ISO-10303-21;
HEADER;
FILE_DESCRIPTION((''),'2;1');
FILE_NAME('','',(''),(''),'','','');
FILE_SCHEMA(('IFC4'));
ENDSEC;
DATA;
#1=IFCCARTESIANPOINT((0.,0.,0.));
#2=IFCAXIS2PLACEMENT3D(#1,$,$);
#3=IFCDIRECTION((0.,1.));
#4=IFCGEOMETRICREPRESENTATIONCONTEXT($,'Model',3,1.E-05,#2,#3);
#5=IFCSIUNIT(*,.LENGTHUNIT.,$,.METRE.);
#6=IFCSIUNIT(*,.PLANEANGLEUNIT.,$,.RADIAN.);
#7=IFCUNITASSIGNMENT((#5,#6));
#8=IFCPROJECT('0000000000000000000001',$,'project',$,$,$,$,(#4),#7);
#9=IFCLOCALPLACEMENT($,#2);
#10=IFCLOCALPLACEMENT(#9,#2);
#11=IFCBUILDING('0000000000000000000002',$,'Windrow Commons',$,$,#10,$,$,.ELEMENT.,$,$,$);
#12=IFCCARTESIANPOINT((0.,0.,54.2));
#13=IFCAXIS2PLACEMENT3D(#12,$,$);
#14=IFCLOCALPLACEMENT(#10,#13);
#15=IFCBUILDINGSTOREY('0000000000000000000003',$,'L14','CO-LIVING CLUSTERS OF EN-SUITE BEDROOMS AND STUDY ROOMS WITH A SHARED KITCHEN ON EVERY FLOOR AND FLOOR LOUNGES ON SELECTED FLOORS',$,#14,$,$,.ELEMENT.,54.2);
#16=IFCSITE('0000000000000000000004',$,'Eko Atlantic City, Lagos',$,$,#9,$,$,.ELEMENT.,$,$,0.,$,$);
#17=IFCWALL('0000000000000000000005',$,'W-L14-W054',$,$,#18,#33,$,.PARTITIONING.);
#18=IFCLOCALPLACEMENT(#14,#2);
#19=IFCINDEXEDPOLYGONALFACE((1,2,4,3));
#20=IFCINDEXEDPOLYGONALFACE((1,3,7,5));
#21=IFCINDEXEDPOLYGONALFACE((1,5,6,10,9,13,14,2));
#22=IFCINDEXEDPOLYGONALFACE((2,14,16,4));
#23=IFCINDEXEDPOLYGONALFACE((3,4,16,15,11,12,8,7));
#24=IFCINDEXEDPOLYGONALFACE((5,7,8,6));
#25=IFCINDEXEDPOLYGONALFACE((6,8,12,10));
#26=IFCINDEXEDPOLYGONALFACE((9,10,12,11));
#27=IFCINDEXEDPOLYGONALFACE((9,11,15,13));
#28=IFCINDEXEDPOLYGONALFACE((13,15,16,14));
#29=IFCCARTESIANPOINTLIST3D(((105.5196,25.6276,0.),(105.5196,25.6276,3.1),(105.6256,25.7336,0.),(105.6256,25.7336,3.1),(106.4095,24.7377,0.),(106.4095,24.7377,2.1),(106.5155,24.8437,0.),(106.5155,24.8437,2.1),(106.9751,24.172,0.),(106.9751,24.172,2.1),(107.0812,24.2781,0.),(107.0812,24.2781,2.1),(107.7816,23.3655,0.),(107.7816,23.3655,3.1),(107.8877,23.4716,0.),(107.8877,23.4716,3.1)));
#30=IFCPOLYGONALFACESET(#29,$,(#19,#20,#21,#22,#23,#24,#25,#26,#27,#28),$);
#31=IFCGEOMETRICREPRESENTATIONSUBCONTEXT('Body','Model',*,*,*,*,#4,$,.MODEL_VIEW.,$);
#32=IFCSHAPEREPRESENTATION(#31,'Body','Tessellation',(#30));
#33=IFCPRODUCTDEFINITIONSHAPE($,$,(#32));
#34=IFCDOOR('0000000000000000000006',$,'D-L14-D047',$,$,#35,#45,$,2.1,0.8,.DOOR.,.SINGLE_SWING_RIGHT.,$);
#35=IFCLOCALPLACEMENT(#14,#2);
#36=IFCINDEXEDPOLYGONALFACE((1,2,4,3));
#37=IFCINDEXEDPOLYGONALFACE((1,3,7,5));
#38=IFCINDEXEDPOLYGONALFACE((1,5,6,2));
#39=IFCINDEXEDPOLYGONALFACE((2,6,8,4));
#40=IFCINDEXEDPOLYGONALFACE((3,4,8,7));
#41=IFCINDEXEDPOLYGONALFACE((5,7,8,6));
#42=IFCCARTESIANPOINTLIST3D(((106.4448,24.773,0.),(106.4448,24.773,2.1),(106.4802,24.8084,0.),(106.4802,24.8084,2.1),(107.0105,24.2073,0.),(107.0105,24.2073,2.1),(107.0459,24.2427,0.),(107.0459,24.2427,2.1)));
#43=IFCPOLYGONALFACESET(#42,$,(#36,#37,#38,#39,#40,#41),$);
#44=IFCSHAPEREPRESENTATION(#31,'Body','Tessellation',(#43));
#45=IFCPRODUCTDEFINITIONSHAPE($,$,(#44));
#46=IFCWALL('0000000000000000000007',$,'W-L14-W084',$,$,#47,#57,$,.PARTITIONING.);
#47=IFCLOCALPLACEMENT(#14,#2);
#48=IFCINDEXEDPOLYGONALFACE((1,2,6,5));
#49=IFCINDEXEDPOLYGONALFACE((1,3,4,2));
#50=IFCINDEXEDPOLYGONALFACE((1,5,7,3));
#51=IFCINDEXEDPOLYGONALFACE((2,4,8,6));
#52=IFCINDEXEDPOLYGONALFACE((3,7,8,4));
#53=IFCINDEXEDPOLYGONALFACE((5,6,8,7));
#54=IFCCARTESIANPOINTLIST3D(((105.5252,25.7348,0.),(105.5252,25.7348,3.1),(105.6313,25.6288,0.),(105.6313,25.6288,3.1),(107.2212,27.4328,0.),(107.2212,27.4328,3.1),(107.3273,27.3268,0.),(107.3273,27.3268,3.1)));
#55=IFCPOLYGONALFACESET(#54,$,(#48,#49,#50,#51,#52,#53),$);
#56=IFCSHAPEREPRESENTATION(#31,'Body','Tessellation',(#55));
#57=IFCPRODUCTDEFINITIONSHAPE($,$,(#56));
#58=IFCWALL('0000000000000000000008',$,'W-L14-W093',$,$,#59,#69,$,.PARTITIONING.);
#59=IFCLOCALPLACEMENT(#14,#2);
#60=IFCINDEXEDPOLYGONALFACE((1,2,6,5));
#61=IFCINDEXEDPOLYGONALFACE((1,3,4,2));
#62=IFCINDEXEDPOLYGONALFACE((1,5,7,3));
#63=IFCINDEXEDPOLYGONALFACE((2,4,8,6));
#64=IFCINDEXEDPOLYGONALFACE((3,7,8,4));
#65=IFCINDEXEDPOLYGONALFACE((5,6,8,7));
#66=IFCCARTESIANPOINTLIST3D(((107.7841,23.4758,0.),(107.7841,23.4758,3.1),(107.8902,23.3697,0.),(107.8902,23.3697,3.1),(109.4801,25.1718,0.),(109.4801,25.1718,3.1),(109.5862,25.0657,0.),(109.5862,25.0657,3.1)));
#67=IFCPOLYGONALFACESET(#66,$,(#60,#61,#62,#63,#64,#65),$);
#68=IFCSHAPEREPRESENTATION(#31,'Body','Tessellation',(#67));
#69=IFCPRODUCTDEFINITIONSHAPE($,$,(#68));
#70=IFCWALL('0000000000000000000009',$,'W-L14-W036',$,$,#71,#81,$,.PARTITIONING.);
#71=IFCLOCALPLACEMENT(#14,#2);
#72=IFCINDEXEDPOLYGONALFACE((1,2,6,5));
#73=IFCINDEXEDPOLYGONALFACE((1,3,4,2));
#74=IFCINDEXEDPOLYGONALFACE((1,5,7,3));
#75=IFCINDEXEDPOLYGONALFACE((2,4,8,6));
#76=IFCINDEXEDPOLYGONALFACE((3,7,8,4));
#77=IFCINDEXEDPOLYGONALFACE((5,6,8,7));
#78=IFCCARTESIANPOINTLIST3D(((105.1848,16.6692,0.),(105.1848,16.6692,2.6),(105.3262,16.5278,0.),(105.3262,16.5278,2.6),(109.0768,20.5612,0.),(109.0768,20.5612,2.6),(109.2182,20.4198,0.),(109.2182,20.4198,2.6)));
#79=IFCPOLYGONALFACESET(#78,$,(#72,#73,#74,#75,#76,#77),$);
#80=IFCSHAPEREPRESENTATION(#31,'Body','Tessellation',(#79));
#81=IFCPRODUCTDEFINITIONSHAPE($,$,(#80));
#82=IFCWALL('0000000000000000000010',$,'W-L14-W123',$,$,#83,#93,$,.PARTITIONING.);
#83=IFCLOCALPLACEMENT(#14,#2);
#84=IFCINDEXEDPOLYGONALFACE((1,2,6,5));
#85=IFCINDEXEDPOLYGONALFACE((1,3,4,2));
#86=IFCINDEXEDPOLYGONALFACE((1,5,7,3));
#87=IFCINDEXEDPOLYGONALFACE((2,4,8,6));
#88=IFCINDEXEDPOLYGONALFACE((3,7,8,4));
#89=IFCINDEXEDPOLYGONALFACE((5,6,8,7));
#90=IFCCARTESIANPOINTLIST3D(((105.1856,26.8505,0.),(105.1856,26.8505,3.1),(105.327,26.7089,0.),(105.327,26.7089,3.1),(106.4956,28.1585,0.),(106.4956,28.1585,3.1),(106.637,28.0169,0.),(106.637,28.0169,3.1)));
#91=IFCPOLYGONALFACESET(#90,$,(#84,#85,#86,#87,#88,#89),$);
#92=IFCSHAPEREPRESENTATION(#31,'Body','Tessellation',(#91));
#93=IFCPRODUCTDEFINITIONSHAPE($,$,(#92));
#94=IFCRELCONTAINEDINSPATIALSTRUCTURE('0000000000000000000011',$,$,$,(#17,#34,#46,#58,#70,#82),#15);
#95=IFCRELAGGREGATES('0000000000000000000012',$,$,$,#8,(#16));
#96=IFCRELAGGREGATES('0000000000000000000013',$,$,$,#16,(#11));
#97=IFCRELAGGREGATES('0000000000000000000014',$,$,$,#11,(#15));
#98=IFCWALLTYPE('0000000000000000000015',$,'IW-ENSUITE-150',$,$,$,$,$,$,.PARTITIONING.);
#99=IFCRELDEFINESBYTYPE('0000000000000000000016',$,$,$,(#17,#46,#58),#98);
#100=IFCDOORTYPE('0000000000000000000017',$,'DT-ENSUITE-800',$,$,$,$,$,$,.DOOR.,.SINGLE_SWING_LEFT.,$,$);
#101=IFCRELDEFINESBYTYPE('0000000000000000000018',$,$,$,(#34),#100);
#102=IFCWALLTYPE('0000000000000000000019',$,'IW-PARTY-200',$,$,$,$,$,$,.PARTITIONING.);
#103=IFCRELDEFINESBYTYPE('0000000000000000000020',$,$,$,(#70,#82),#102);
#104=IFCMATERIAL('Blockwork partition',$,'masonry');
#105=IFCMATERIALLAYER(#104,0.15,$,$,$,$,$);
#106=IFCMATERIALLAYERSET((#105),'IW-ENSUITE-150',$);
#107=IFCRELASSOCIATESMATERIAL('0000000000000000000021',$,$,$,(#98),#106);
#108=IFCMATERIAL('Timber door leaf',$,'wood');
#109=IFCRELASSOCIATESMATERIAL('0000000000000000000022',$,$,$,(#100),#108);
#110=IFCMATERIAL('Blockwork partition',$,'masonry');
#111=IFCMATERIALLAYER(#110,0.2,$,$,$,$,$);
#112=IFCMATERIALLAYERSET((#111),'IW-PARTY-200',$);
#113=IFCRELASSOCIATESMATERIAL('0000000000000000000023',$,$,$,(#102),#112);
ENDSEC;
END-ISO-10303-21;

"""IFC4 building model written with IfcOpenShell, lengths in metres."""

from ifc_helpers import new_model, si_unit, direction, frame, frame_2d, origin, place, context, subcontext, project, spatial, rectangle, extrude, material, layer, layer_set, type_object, element, fill, save


model = new_model("IFC4")

# Units and contexts
model_context = context("Model", 3, precision=1e-05, world=origin(), true_north=direction((0.0, 1.0)))
body_context = subcontext(model_context, "Body", "Model", "MODEL_VIEW")
ifc_project = project(units=[si_unit("LENGTHUNIT", "METRE"), si_unit("PLANEANGLEUNIT", "RADIAN")], contexts=[model_context])

# Site, building, storey
site_placement = place(None, origin())
site = spatial("IfcSite", under=ifc_project, at=site_placement, Name="Eko Atlantic City, Lagos", CompositionType="ELEMENT", RefElevation=0.0)
building_placement = place(site_placement, origin())
building = spatial("IfcBuilding", under=site, at=building_placement, Name="Windrow Commons", CompositionType="ELEMENT")
storey_placement = place(building_placement, frame((0.0, 0.0, 54.2)))
storey = spatial("IfcBuildingStorey", under=building, at=storey_placement, Name="L14", Description="CO-LIVING CLUSTERS OF EN-SUITE BEDROOMS AND STUDY ROOMS WITH A SHARED KITCHEN ON EVERY FLOOR AND FLOOR LOUNGES ON SELECTED FLOORS", CompositionType="ELEMENT", Elevation=54.2)

# Wall, opening, door
ifc_material_1 = material(Name="Blockwork partition", Category="masonry")
ifc_layer_1 = layer(ifc_material_1, 0.15)
ifc_layer_set_1 = layer_set([ifc_layer_1], Name="IW-ENSUITE-150")
wall_type_1 = type_object("IfcWallType", Name="IW-ENSUITE-150", PredefinedType="PARTITIONING", material=ifc_layer_set_1)
wall_1_placement = place(storey_placement, frame((105.5726, 25.6806, 0.0), z_axis=(0.0, 0.0, 1.0), x_axis=(0.707107, -0.707107, 0.0)))
wall_1 = element("IfcWall", 1, at=wall_1_placement, inside=storey, type_object=wall_type_1, Name="W-L14-W054", PredefinedType="PARTITIONING", context=body_context, shape_type="SweptSolid", body=[
    extrude(rectangle(XDim=3.199, YDim=0.15, at=frame_2d((1.5995, 0.0))), origin(), (0.0, 0.0, 1.0), 3.1),
])
opening_1_placement = place(wall_1_placement, frame((1.2585, 0.0, 0.0)))
opening_1 = element("IfcOpeningElement", 2, at=opening_1_placement, cuts=wall_1, PredefinedType="OPENING", context=body_context, shape_type="SweptSolid", body=[
    extrude(rectangle(XDim=0.8, YDim=2.1, at=frame_2d((0.4, 1.05))), frame((0.0, 0.085, 0.0), z_axis=(0.0, -1.0, 0.0), x_axis=(1.0, 0.0, 0.0)), (0.0, 0.0, 1.0), 0.17),
])
ifc_material_2 = material(Name="Timber door leaf", Category="wood")
door_type = type_object("IfcDoorType", Name="DT-ENSUITE-800", OperationType="SINGLE_SWING_LEFT", PredefinedType="DOOR", material=ifc_material_2)
door_placement = place(opening_1_placement, origin())
door = element("IfcDoor", 3, at=door_placement, inside=storey, type_object=door_type, Name="D-L14-D047", OperationType="SINGLE_SWING_RIGHT", OverallHeight=2.1, OverallWidth=0.8, PredefinedType="DOOR", context=body_context, shape_type="SweptSolid", body=[
    extrude(rectangle(XDim=0.8, YDim=2.1, at=frame_2d((0.4, 1.05))), frame((0.0, 0.025, 0.0), z_axis=(0.0, -1.0, 0.0), x_axis=(1.0, 0.0, 0.0)), (0.0, 0.0, 1.0), 0.05),
])
fill(opening_1, door)

# Walls
wall_2_placement = place(storey_placement, frame((105.5782, 25.6818, 0.0), z_axis=(0.0, 0.0, 1.0), x_axis=(0.70669, 0.707523, 0.0)))
element("IfcWall", 4, at=wall_2_placement, inside=storey, type_object=wall_type_1, Name="W-L14-W084", PredefinedType="PARTITIONING", context=body_context, shape_type="SweptSolid", body=[
    extrude(rectangle(XDim=2.3999, YDim=0.15, at=frame_2d((1.2, 0.0))), origin(), (0.0, 0.0, 1.0), 3.1),
])
wall_3_placement = place(storey_placement, frame((107.8372, 23.4228, 0.0), z_axis=(0.0, 0.0, 1.0), x_axis=(0.707107, 0.707107, 0.0)))
element("IfcWall", 5, at=wall_3_placement, inside=storey, type_object=wall_type_1, Name="W-L14-W093", PredefinedType="PARTITIONING", context=body_context, shape_type="SweptSolid", body=[
    extrude(rectangle(XDim=2.3985, YDim=0.15, at=frame_2d((1.1992, 0.0))), origin(), (0.0, 0.0, 1.0), 3.1),
])
ifc_material_3 = material(Name="Blockwork partition", Category="masonry")
ifc_layer_2 = layer(ifc_material_3, 0.2)
ifc_layer_set_2 = layer_set([ifc_layer_2], Name="IW-PARTY-200")
wall_type_2 = type_object("IfcWallType", Name="IW-PARTY-200", PredefinedType="PARTITIONING", material=ifc_layer_set_2)
wall_4_placement = place(storey_placement, frame((105.2555, 16.5985, 0.0), z_axis=(0.0, 0.0, 1.0), x_axis=(0.707107, 0.707107, 0.0)))
element("IfcWall", 6, at=wall_4_placement, inside=storey, type_object=wall_type_2, Name="W-L14-W036", PredefinedType="PARTITIONING", context=body_context, shape_type="SweptSolid", body=[
    extrude(rectangle(XDim=5.5041, YDim=0.2, at=frame_2d((2.7521, 0.0))), origin(), (0.0, 0.0, 1.0), 2.6),
])
wall_5_placement = place(storey_placement, frame((105.2563, 26.7797, 0.0), z_axis=(0.0, 0.0, 1.0), x_axis=(0.707647, 0.706566, 0.0)))
element("IfcWall", 7, at=wall_5_placement, inside=storey, type_object=wall_type_2, Name="W-L14-W123", PredefinedType="PARTITIONING", context=body_context, shape_type="SweptSolid", body=[
    extrude(rectangle(XDim=1.8512, YDim=0.2, at=frame_2d((0.9256, 0.0))), origin(), (0.0, 0.0, 1.0), 3.1),
])

save(model, "model.ifc")
